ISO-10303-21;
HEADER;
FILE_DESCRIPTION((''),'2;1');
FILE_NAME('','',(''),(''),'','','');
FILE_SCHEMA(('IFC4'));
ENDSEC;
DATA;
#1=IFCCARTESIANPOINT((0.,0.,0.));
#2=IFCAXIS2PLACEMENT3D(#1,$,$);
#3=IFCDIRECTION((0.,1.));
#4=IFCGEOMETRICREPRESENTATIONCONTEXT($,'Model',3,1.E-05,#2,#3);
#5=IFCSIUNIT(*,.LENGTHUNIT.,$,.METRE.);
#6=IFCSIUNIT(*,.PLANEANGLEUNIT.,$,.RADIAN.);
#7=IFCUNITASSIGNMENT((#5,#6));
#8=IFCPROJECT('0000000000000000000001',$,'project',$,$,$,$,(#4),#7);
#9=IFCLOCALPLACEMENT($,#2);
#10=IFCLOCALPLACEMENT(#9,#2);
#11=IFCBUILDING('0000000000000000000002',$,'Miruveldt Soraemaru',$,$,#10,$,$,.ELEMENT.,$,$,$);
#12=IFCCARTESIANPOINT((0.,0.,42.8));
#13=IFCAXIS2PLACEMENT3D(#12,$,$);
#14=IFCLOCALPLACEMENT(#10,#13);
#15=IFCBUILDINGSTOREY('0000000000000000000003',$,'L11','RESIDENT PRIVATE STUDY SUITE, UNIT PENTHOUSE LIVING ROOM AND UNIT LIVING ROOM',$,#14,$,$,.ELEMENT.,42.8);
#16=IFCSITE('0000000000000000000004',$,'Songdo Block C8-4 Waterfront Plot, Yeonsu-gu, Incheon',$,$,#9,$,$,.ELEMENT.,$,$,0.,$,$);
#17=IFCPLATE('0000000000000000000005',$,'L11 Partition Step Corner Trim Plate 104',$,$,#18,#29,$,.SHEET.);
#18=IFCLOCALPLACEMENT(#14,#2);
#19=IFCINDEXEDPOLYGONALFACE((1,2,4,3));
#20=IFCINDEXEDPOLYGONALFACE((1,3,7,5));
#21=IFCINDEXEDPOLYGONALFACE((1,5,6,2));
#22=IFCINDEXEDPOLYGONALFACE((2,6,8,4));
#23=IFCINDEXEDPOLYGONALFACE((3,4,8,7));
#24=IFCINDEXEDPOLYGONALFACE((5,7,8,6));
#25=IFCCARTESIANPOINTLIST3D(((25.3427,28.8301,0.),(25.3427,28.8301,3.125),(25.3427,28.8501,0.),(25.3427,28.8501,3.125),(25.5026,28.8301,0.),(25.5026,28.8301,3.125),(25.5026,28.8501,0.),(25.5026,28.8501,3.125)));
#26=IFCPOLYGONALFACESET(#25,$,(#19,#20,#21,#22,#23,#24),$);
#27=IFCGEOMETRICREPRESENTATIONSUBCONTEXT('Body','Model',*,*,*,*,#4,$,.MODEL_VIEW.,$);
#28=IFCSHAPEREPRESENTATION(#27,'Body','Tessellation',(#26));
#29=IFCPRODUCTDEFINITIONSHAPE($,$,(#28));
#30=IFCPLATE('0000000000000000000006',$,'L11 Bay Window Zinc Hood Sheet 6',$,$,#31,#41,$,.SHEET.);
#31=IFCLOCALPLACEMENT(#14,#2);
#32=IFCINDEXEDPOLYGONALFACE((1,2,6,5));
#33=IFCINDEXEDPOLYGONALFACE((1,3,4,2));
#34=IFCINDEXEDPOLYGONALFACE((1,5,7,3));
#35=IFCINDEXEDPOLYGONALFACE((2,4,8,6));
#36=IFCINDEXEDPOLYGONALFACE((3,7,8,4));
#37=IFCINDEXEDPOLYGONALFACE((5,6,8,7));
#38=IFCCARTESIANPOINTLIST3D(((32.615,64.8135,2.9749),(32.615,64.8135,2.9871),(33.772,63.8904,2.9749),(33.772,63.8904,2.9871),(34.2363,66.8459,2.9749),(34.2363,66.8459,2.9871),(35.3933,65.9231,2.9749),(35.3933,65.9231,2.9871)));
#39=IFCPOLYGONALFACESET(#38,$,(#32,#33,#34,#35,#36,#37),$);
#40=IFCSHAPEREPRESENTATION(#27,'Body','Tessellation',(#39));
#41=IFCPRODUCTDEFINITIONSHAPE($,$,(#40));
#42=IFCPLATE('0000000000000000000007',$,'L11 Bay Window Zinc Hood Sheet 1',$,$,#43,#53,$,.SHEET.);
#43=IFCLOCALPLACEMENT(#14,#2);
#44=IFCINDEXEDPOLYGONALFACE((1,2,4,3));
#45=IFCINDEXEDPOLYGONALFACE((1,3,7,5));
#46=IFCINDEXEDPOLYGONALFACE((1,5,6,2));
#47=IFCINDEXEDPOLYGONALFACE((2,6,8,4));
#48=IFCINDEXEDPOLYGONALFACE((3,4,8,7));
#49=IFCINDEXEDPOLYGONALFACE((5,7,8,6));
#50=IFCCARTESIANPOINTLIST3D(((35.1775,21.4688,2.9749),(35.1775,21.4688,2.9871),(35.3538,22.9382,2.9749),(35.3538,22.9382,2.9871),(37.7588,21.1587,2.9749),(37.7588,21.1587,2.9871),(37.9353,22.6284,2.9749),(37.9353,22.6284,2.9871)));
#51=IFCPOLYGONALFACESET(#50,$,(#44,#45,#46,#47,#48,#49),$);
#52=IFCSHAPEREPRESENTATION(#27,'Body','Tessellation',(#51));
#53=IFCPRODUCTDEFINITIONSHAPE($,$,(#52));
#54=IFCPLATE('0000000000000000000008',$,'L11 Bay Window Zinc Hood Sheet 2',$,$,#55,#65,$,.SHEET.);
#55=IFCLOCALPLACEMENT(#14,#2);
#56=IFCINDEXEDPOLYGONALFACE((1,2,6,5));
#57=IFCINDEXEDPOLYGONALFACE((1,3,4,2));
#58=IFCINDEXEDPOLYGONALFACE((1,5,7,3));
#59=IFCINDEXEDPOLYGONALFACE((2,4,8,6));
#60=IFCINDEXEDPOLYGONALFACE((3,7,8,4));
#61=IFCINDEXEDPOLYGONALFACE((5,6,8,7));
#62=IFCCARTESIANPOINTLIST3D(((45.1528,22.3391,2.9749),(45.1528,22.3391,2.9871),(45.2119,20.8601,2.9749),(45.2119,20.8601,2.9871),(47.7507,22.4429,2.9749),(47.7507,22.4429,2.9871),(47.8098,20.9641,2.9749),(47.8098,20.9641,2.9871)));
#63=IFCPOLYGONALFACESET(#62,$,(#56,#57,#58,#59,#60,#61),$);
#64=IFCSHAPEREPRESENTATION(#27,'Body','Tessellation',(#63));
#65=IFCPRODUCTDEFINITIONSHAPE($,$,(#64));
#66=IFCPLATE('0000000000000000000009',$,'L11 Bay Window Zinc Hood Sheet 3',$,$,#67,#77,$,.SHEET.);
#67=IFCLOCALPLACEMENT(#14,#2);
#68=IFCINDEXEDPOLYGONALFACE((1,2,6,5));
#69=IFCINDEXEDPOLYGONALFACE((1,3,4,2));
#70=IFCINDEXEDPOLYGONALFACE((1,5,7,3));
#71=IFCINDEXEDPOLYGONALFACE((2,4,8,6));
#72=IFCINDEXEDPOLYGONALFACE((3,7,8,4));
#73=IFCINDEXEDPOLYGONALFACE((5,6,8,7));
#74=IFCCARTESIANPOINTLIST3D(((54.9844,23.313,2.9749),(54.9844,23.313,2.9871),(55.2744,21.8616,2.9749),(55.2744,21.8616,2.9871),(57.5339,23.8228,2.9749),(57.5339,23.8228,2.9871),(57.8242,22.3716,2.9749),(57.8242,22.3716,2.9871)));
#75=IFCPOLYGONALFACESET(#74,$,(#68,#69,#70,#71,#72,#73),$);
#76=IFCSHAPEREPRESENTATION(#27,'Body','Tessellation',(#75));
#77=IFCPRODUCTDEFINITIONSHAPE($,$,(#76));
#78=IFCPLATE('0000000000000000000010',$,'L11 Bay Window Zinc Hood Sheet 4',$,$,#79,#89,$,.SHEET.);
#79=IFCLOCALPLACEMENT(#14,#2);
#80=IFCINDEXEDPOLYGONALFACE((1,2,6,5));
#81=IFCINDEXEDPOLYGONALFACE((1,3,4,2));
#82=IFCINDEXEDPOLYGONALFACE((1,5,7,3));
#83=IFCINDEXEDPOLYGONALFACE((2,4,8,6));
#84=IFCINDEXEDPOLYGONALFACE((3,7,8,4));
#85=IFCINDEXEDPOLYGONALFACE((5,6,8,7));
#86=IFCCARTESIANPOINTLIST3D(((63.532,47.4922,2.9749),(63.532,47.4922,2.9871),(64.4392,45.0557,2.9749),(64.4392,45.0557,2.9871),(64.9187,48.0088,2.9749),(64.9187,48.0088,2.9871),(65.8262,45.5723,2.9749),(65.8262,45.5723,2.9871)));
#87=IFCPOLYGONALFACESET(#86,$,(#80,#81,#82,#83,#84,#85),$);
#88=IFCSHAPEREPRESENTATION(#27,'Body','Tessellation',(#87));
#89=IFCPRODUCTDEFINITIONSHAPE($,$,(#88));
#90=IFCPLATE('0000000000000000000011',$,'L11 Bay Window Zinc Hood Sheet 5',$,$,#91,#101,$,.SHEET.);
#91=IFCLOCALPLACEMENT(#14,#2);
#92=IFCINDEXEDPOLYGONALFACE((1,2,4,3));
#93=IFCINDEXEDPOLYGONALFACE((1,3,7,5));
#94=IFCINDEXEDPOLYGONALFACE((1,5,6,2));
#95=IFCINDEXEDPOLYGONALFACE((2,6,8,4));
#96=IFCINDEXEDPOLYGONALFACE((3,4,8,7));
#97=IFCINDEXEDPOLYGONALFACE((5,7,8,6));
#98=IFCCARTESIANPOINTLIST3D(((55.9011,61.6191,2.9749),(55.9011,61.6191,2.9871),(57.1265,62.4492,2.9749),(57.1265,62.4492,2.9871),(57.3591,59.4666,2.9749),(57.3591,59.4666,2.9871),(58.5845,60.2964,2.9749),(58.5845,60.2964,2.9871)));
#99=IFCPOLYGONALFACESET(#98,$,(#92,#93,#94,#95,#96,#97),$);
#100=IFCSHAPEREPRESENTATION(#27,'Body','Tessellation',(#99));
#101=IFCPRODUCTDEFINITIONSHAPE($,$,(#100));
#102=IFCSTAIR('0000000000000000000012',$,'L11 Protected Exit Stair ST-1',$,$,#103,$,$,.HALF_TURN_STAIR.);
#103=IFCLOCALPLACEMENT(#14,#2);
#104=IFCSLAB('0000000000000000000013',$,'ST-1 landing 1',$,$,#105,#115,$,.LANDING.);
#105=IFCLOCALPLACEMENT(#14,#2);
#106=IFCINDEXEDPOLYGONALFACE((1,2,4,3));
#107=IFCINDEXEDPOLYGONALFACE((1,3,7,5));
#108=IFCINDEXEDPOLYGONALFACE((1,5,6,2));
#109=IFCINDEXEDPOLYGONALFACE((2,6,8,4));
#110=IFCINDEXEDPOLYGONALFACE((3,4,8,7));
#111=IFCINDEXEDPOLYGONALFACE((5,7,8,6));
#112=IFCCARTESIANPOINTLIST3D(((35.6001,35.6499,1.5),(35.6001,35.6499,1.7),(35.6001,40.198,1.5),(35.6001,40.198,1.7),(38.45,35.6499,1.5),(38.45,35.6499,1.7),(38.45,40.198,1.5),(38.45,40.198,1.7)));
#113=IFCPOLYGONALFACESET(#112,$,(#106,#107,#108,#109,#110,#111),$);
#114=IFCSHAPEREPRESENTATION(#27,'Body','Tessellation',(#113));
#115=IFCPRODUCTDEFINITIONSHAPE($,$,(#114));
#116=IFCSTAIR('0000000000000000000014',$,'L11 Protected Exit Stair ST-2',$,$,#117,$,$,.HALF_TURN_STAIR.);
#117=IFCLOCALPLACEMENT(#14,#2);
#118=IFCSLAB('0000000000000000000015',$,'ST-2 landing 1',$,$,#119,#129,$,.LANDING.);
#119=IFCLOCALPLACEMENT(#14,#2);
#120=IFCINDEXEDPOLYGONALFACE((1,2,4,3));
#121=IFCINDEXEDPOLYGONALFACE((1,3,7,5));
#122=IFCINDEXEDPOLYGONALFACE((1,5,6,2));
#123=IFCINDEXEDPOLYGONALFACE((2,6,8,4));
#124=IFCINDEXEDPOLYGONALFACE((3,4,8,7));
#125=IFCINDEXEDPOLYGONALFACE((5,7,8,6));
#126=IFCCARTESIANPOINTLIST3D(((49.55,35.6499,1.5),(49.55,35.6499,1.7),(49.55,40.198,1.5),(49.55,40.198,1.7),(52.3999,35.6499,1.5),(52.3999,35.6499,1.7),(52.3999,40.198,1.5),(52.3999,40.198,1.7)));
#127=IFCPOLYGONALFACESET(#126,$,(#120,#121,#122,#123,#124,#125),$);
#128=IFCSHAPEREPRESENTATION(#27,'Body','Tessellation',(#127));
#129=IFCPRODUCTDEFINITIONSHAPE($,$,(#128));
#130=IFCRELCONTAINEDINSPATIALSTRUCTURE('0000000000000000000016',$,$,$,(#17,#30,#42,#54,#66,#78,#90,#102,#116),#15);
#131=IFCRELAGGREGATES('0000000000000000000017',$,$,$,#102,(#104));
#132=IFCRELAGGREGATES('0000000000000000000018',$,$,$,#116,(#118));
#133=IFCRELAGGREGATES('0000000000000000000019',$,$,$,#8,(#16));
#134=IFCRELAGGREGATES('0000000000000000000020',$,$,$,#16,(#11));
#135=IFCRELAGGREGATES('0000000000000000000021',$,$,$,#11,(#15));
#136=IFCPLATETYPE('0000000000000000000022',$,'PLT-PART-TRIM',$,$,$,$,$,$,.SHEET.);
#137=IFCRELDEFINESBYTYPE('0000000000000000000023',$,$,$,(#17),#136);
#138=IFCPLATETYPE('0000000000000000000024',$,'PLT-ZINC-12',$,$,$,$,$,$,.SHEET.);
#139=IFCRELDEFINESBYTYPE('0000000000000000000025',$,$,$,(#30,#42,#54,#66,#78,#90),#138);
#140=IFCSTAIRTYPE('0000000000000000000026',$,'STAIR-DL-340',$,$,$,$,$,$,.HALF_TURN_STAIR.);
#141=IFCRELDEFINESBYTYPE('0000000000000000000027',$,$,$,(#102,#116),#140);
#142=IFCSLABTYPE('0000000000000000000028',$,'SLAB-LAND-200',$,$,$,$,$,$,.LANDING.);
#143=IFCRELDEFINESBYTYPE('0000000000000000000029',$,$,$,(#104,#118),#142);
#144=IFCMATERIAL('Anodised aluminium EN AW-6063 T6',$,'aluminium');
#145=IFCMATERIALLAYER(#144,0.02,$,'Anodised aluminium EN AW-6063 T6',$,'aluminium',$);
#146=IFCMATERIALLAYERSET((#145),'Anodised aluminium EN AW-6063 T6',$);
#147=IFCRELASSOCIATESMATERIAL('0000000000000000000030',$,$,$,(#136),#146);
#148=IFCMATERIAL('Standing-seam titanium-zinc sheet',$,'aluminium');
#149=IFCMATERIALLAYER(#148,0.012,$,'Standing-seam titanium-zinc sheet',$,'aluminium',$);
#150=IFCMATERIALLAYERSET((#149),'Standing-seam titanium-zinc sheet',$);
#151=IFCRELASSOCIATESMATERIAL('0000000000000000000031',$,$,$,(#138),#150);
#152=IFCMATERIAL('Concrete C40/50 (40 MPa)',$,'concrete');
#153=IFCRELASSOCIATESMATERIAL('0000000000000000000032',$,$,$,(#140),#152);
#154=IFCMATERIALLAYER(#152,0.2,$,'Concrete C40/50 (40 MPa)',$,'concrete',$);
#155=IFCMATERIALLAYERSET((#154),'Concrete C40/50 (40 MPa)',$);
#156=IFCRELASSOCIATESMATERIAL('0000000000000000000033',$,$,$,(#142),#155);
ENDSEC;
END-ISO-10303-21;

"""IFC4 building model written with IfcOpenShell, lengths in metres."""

from ifc_helpers import new_model, si_unit, direction, frame, origin, origin_2d, place, context, subcontext, project, spatial, polyline, rectangle, outline, extrude, material, layer, layer_set, type_object, element, aggregate, save


model = new_model("IFC4")

# Units and contexts
model_context = context("Model", 3, precision=1e-05, world=origin(), true_north=direction((0.0, 1.0)))
body_context = subcontext(model_context, "Body", "Model", "MODEL_VIEW")
ifc_project = project(units=[si_unit("LENGTHUNIT", "METRE"), si_unit("PLANEANGLEUNIT", "RADIAN")], contexts=[model_context])

# Site, building, storey
site_placement = place(None, origin())
site = spatial("IfcSite", under=ifc_project, at=site_placement, Name="Songdo Block C8-4 Waterfront Plot, Yeonsu-gu, Incheon", CompositionType="ELEMENT", RefElevation=0.0)
building_placement = place(site_placement, origin())
building = spatial("IfcBuilding", under=site, at=building_placement, Name="Miruveldt Soraemaru", CompositionType="ELEMENT")
storey_placement = place(building_placement, frame((0.0, 0.0, 42.8)))
storey = spatial("IfcBuildingStorey", under=building, at=storey_placement, Name="L11", Description="RESIDENT PRIVATE STUDY SUITE, UNIT PENTHOUSE LIVING ROOM AND UNIT LIVING ROOM", CompositionType="ELEMENT", Elevation=42.8)

# Plates
ifc_material_1 = material(Name="Anodised aluminium EN AW-6063 T6", Category="aluminium")
ifc_layer_1 = layer(ifc_material_1, 0.02, Name="Anodised aluminium EN AW-6063 T6", Category="aluminium")
ifc_layer_set_1 = layer_set([ifc_layer_1], Name="Anodised aluminium EN AW-6063 T6")
plate_type_1 = type_object("IfcPlateType", Name="PLT-PART-TRIM", PredefinedType="SHEET", material=ifc_layer_set_1)
plate_1_placement = place(storey_placement, frame((25.4226, 28.8401, 0.0), z_axis=(0.0, 0.0, 1.0), x_axis=(1.0, 0.0, 0.0)))
element("IfcPlate", 1, at=plate_1_placement, inside=storey, type_object=plate_type_1, Name="L11 Partition Step Corner Trim Plate 104", PredefinedType="SHEET", context=body_context, shape_type="SweptSolid", body=[
    extrude(rectangle(XDim=0.1599, YDim=0.02, at=origin_2d()), origin(), (0.0, 0.0, 1.0), 3.125),
])
ifc_material_2 = material(Name="Standing-seam titanium-zinc sheet", Category="aluminium")
ifc_layer_2 = layer(ifc_material_2, 0.012, Name="Standing-seam titanium-zinc sheet", Category="aluminium")
ifc_layer_set_2 = layer_set([ifc_layer_2], Name="Standing-seam titanium-zinc sheet")
plate_type_2 = type_object("IfcPlateType", Name="PLT-ZINC-12", PredefinedType="SHEET", material=ifc_layer_set_2)
plate_2_placement = place(storey_placement, frame((0.0, 0.0, 2.9749)))
element("IfcPlate", 2, at=plate_2_placement, inside=storey, type_object=plate_type_2, Name="L11 Bay Window Zinc Hood Sheet 6", PredefinedType="SHEET", context=body_context, shape_type="SweptSolid", body=[
    extrude(outline(polyline([(35.3933, 65.9231), (33.772, 63.8904), (32.615, 64.8135), (34.2363, 66.8459), (35.3933, 65.9231)])), origin(), (0.0, 0.0, 1.0), 0.0122),
])
plate_3_placement = place(storey_placement, frame((0.0, 0.0, 2.9749)))
element("IfcPlate", 3, at=plate_3_placement, inside=storey, type_object=plate_type_2, Name="L11 Bay Window Zinc Hood Sheet 1", PredefinedType="SHEET", context=body_context, shape_type="SweptSolid", body=[
    extrude(outline(polyline([(35.3538, 22.9382), (37.9353, 22.6284), (37.7588, 21.1587), (35.1775, 21.4688), (35.3538, 22.9382)])), origin(), (0.0, 0.0, 1.0), 0.0122),
])
plate_4_placement = place(storey_placement, frame((0.0, 0.0, 2.9749)))
element("IfcPlate", 4, at=plate_4_placement, inside=storey, type_object=plate_type_2, Name="L11 Bay Window Zinc Hood Sheet 2", PredefinedType="SHEET", context=body_context, shape_type="SweptSolid", body=[
    extrude(outline(polyline([(45.1528, 22.3391), (47.7507, 22.4429), (47.8098, 20.9641), (45.2119, 20.8601), (45.1528, 22.3391)])), origin(), (0.0, 0.0, 1.0), 0.0122),
])
plate_5_placement = place(storey_placement, frame((0.0, 0.0, 2.9749)))
element("IfcPlate", 5, at=plate_5_placement, inside=storey, type_object=plate_type_2, Name="L11 Bay Window Zinc Hood Sheet 3", PredefinedType="SHEET", context=body_context, shape_type="SweptSolid", body=[
    extrude(outline(polyline([(54.9844, 23.313), (57.5339, 23.8228), (57.8242, 22.3716), (55.2744, 21.8616), (54.9844, 23.313)])), origin(), (0.0, 0.0, 1.0), 0.0122),
])
plate_6_placement = place(storey_placement, frame((0.0, 0.0, 2.9749)))
element("IfcPlate", 6, at=plate_6_placement, inside=storey, type_object=plate_type_2, Name="L11 Bay Window Zinc Hood Sheet 4", PredefinedType="SHEET", context=body_context, shape_type="SweptSolid", body=[
    extrude(outline(polyline([(64.4392, 45.0557), (63.532, 47.4922), (64.9187, 48.0088), (65.8262, 45.5723), (64.4392, 45.0557)])), origin(), (0.0, 0.0, 1.0), 0.0122),
])
plate_7_placement = place(storey_placement, frame((0.0, 0.0, 2.9749)))
element("IfcPlate", 7, at=plate_7_placement, inside=storey, type_object=plate_type_2, Name="L11 Bay Window Zinc Hood Sheet 5", PredefinedType="SHEET", context=body_context, shape_type="SweptSolid", body=[
    extrude(outline(polyline([(57.3591, 59.4666), (55.9011, 61.6191), (57.1265, 62.4492), (58.5845, 60.2964), (57.3591, 59.4666)])), origin(), (0.0, 0.0, 1.0), 0.0122),
])

# Stairs, slabs
ifc_material_3 = material(Name="Concrete C40/50 (40 MPa)", Category="concrete")
stair_type = type_object("IfcStairType", Name="STAIR-DL-340", PredefinedType="HALF_TURN_STAIR", material=ifc_material_3)
stair_1_placement = place(storey_placement, origin())
stair_1 = element("IfcStair", 8, at=stair_1_placement, inside=storey, type_object=stair_type, Name="L11 Protected Exit Stair ST-1", PredefinedType="HALF_TURN_STAIR")
ifc_layer_3 = layer(ifc_material_3, 0.2, Name="Concrete C40/50 (40 MPa)", Category="concrete")
ifc_layer_set_3 = layer_set([ifc_layer_3], Name="Concrete C40/50 (40 MPa)")
slab_type_1 = type_object("IfcSlabType", Name="SLAB-LAND-200", PredefinedType="LANDING", material=ifc_layer_set_3)
slab_1_placement = place(storey_placement, frame((0.0, 0.0, 1.5)))
slab_1 = element("IfcSlab", 9, at=slab_1_placement, type_object=slab_type_1, Name="ST-1 landing 1", PredefinedType="LANDING", context=body_context, shape_type="SweptSolid", body=[
    extrude(outline(polyline([(35.6001, 40.198), (35.6001, 35.6499), (38.45, 35.6499), (38.45, 40.198), (35.6001, 40.198)])), origin(), (0.0, 0.0, 1.0), 0.2),
])
aggregate(stair_1, [slab_1])
stair_2_placement = place(storey_placement, origin())
stair_2 = element("IfcStair", 10, at=stair_2_placement, inside=storey, type_object=stair_type, Name="L11 Protected Exit Stair ST-2", PredefinedType="HALF_TURN_STAIR")
slab_2_placement = place(storey_placement, frame((0.0, 0.0, 1.5)))
slab_2 = element("IfcSlab", 11, at=slab_2_placement, type_object=slab_type_1, Name="ST-2 landing 1", PredefinedType="LANDING", context=body_context, shape_type="SweptSolid", body=[
    extrude(outline(polyline([(49.55, 40.198), (49.55, 35.6499), (52.3999, 35.6499), (52.3999, 40.198), (49.55, 40.198)])), origin(), (0.0, 0.0, 1.0), 0.2),
])
aggregate(stair_2, [slab_2])

save(model, "model.ifc")
